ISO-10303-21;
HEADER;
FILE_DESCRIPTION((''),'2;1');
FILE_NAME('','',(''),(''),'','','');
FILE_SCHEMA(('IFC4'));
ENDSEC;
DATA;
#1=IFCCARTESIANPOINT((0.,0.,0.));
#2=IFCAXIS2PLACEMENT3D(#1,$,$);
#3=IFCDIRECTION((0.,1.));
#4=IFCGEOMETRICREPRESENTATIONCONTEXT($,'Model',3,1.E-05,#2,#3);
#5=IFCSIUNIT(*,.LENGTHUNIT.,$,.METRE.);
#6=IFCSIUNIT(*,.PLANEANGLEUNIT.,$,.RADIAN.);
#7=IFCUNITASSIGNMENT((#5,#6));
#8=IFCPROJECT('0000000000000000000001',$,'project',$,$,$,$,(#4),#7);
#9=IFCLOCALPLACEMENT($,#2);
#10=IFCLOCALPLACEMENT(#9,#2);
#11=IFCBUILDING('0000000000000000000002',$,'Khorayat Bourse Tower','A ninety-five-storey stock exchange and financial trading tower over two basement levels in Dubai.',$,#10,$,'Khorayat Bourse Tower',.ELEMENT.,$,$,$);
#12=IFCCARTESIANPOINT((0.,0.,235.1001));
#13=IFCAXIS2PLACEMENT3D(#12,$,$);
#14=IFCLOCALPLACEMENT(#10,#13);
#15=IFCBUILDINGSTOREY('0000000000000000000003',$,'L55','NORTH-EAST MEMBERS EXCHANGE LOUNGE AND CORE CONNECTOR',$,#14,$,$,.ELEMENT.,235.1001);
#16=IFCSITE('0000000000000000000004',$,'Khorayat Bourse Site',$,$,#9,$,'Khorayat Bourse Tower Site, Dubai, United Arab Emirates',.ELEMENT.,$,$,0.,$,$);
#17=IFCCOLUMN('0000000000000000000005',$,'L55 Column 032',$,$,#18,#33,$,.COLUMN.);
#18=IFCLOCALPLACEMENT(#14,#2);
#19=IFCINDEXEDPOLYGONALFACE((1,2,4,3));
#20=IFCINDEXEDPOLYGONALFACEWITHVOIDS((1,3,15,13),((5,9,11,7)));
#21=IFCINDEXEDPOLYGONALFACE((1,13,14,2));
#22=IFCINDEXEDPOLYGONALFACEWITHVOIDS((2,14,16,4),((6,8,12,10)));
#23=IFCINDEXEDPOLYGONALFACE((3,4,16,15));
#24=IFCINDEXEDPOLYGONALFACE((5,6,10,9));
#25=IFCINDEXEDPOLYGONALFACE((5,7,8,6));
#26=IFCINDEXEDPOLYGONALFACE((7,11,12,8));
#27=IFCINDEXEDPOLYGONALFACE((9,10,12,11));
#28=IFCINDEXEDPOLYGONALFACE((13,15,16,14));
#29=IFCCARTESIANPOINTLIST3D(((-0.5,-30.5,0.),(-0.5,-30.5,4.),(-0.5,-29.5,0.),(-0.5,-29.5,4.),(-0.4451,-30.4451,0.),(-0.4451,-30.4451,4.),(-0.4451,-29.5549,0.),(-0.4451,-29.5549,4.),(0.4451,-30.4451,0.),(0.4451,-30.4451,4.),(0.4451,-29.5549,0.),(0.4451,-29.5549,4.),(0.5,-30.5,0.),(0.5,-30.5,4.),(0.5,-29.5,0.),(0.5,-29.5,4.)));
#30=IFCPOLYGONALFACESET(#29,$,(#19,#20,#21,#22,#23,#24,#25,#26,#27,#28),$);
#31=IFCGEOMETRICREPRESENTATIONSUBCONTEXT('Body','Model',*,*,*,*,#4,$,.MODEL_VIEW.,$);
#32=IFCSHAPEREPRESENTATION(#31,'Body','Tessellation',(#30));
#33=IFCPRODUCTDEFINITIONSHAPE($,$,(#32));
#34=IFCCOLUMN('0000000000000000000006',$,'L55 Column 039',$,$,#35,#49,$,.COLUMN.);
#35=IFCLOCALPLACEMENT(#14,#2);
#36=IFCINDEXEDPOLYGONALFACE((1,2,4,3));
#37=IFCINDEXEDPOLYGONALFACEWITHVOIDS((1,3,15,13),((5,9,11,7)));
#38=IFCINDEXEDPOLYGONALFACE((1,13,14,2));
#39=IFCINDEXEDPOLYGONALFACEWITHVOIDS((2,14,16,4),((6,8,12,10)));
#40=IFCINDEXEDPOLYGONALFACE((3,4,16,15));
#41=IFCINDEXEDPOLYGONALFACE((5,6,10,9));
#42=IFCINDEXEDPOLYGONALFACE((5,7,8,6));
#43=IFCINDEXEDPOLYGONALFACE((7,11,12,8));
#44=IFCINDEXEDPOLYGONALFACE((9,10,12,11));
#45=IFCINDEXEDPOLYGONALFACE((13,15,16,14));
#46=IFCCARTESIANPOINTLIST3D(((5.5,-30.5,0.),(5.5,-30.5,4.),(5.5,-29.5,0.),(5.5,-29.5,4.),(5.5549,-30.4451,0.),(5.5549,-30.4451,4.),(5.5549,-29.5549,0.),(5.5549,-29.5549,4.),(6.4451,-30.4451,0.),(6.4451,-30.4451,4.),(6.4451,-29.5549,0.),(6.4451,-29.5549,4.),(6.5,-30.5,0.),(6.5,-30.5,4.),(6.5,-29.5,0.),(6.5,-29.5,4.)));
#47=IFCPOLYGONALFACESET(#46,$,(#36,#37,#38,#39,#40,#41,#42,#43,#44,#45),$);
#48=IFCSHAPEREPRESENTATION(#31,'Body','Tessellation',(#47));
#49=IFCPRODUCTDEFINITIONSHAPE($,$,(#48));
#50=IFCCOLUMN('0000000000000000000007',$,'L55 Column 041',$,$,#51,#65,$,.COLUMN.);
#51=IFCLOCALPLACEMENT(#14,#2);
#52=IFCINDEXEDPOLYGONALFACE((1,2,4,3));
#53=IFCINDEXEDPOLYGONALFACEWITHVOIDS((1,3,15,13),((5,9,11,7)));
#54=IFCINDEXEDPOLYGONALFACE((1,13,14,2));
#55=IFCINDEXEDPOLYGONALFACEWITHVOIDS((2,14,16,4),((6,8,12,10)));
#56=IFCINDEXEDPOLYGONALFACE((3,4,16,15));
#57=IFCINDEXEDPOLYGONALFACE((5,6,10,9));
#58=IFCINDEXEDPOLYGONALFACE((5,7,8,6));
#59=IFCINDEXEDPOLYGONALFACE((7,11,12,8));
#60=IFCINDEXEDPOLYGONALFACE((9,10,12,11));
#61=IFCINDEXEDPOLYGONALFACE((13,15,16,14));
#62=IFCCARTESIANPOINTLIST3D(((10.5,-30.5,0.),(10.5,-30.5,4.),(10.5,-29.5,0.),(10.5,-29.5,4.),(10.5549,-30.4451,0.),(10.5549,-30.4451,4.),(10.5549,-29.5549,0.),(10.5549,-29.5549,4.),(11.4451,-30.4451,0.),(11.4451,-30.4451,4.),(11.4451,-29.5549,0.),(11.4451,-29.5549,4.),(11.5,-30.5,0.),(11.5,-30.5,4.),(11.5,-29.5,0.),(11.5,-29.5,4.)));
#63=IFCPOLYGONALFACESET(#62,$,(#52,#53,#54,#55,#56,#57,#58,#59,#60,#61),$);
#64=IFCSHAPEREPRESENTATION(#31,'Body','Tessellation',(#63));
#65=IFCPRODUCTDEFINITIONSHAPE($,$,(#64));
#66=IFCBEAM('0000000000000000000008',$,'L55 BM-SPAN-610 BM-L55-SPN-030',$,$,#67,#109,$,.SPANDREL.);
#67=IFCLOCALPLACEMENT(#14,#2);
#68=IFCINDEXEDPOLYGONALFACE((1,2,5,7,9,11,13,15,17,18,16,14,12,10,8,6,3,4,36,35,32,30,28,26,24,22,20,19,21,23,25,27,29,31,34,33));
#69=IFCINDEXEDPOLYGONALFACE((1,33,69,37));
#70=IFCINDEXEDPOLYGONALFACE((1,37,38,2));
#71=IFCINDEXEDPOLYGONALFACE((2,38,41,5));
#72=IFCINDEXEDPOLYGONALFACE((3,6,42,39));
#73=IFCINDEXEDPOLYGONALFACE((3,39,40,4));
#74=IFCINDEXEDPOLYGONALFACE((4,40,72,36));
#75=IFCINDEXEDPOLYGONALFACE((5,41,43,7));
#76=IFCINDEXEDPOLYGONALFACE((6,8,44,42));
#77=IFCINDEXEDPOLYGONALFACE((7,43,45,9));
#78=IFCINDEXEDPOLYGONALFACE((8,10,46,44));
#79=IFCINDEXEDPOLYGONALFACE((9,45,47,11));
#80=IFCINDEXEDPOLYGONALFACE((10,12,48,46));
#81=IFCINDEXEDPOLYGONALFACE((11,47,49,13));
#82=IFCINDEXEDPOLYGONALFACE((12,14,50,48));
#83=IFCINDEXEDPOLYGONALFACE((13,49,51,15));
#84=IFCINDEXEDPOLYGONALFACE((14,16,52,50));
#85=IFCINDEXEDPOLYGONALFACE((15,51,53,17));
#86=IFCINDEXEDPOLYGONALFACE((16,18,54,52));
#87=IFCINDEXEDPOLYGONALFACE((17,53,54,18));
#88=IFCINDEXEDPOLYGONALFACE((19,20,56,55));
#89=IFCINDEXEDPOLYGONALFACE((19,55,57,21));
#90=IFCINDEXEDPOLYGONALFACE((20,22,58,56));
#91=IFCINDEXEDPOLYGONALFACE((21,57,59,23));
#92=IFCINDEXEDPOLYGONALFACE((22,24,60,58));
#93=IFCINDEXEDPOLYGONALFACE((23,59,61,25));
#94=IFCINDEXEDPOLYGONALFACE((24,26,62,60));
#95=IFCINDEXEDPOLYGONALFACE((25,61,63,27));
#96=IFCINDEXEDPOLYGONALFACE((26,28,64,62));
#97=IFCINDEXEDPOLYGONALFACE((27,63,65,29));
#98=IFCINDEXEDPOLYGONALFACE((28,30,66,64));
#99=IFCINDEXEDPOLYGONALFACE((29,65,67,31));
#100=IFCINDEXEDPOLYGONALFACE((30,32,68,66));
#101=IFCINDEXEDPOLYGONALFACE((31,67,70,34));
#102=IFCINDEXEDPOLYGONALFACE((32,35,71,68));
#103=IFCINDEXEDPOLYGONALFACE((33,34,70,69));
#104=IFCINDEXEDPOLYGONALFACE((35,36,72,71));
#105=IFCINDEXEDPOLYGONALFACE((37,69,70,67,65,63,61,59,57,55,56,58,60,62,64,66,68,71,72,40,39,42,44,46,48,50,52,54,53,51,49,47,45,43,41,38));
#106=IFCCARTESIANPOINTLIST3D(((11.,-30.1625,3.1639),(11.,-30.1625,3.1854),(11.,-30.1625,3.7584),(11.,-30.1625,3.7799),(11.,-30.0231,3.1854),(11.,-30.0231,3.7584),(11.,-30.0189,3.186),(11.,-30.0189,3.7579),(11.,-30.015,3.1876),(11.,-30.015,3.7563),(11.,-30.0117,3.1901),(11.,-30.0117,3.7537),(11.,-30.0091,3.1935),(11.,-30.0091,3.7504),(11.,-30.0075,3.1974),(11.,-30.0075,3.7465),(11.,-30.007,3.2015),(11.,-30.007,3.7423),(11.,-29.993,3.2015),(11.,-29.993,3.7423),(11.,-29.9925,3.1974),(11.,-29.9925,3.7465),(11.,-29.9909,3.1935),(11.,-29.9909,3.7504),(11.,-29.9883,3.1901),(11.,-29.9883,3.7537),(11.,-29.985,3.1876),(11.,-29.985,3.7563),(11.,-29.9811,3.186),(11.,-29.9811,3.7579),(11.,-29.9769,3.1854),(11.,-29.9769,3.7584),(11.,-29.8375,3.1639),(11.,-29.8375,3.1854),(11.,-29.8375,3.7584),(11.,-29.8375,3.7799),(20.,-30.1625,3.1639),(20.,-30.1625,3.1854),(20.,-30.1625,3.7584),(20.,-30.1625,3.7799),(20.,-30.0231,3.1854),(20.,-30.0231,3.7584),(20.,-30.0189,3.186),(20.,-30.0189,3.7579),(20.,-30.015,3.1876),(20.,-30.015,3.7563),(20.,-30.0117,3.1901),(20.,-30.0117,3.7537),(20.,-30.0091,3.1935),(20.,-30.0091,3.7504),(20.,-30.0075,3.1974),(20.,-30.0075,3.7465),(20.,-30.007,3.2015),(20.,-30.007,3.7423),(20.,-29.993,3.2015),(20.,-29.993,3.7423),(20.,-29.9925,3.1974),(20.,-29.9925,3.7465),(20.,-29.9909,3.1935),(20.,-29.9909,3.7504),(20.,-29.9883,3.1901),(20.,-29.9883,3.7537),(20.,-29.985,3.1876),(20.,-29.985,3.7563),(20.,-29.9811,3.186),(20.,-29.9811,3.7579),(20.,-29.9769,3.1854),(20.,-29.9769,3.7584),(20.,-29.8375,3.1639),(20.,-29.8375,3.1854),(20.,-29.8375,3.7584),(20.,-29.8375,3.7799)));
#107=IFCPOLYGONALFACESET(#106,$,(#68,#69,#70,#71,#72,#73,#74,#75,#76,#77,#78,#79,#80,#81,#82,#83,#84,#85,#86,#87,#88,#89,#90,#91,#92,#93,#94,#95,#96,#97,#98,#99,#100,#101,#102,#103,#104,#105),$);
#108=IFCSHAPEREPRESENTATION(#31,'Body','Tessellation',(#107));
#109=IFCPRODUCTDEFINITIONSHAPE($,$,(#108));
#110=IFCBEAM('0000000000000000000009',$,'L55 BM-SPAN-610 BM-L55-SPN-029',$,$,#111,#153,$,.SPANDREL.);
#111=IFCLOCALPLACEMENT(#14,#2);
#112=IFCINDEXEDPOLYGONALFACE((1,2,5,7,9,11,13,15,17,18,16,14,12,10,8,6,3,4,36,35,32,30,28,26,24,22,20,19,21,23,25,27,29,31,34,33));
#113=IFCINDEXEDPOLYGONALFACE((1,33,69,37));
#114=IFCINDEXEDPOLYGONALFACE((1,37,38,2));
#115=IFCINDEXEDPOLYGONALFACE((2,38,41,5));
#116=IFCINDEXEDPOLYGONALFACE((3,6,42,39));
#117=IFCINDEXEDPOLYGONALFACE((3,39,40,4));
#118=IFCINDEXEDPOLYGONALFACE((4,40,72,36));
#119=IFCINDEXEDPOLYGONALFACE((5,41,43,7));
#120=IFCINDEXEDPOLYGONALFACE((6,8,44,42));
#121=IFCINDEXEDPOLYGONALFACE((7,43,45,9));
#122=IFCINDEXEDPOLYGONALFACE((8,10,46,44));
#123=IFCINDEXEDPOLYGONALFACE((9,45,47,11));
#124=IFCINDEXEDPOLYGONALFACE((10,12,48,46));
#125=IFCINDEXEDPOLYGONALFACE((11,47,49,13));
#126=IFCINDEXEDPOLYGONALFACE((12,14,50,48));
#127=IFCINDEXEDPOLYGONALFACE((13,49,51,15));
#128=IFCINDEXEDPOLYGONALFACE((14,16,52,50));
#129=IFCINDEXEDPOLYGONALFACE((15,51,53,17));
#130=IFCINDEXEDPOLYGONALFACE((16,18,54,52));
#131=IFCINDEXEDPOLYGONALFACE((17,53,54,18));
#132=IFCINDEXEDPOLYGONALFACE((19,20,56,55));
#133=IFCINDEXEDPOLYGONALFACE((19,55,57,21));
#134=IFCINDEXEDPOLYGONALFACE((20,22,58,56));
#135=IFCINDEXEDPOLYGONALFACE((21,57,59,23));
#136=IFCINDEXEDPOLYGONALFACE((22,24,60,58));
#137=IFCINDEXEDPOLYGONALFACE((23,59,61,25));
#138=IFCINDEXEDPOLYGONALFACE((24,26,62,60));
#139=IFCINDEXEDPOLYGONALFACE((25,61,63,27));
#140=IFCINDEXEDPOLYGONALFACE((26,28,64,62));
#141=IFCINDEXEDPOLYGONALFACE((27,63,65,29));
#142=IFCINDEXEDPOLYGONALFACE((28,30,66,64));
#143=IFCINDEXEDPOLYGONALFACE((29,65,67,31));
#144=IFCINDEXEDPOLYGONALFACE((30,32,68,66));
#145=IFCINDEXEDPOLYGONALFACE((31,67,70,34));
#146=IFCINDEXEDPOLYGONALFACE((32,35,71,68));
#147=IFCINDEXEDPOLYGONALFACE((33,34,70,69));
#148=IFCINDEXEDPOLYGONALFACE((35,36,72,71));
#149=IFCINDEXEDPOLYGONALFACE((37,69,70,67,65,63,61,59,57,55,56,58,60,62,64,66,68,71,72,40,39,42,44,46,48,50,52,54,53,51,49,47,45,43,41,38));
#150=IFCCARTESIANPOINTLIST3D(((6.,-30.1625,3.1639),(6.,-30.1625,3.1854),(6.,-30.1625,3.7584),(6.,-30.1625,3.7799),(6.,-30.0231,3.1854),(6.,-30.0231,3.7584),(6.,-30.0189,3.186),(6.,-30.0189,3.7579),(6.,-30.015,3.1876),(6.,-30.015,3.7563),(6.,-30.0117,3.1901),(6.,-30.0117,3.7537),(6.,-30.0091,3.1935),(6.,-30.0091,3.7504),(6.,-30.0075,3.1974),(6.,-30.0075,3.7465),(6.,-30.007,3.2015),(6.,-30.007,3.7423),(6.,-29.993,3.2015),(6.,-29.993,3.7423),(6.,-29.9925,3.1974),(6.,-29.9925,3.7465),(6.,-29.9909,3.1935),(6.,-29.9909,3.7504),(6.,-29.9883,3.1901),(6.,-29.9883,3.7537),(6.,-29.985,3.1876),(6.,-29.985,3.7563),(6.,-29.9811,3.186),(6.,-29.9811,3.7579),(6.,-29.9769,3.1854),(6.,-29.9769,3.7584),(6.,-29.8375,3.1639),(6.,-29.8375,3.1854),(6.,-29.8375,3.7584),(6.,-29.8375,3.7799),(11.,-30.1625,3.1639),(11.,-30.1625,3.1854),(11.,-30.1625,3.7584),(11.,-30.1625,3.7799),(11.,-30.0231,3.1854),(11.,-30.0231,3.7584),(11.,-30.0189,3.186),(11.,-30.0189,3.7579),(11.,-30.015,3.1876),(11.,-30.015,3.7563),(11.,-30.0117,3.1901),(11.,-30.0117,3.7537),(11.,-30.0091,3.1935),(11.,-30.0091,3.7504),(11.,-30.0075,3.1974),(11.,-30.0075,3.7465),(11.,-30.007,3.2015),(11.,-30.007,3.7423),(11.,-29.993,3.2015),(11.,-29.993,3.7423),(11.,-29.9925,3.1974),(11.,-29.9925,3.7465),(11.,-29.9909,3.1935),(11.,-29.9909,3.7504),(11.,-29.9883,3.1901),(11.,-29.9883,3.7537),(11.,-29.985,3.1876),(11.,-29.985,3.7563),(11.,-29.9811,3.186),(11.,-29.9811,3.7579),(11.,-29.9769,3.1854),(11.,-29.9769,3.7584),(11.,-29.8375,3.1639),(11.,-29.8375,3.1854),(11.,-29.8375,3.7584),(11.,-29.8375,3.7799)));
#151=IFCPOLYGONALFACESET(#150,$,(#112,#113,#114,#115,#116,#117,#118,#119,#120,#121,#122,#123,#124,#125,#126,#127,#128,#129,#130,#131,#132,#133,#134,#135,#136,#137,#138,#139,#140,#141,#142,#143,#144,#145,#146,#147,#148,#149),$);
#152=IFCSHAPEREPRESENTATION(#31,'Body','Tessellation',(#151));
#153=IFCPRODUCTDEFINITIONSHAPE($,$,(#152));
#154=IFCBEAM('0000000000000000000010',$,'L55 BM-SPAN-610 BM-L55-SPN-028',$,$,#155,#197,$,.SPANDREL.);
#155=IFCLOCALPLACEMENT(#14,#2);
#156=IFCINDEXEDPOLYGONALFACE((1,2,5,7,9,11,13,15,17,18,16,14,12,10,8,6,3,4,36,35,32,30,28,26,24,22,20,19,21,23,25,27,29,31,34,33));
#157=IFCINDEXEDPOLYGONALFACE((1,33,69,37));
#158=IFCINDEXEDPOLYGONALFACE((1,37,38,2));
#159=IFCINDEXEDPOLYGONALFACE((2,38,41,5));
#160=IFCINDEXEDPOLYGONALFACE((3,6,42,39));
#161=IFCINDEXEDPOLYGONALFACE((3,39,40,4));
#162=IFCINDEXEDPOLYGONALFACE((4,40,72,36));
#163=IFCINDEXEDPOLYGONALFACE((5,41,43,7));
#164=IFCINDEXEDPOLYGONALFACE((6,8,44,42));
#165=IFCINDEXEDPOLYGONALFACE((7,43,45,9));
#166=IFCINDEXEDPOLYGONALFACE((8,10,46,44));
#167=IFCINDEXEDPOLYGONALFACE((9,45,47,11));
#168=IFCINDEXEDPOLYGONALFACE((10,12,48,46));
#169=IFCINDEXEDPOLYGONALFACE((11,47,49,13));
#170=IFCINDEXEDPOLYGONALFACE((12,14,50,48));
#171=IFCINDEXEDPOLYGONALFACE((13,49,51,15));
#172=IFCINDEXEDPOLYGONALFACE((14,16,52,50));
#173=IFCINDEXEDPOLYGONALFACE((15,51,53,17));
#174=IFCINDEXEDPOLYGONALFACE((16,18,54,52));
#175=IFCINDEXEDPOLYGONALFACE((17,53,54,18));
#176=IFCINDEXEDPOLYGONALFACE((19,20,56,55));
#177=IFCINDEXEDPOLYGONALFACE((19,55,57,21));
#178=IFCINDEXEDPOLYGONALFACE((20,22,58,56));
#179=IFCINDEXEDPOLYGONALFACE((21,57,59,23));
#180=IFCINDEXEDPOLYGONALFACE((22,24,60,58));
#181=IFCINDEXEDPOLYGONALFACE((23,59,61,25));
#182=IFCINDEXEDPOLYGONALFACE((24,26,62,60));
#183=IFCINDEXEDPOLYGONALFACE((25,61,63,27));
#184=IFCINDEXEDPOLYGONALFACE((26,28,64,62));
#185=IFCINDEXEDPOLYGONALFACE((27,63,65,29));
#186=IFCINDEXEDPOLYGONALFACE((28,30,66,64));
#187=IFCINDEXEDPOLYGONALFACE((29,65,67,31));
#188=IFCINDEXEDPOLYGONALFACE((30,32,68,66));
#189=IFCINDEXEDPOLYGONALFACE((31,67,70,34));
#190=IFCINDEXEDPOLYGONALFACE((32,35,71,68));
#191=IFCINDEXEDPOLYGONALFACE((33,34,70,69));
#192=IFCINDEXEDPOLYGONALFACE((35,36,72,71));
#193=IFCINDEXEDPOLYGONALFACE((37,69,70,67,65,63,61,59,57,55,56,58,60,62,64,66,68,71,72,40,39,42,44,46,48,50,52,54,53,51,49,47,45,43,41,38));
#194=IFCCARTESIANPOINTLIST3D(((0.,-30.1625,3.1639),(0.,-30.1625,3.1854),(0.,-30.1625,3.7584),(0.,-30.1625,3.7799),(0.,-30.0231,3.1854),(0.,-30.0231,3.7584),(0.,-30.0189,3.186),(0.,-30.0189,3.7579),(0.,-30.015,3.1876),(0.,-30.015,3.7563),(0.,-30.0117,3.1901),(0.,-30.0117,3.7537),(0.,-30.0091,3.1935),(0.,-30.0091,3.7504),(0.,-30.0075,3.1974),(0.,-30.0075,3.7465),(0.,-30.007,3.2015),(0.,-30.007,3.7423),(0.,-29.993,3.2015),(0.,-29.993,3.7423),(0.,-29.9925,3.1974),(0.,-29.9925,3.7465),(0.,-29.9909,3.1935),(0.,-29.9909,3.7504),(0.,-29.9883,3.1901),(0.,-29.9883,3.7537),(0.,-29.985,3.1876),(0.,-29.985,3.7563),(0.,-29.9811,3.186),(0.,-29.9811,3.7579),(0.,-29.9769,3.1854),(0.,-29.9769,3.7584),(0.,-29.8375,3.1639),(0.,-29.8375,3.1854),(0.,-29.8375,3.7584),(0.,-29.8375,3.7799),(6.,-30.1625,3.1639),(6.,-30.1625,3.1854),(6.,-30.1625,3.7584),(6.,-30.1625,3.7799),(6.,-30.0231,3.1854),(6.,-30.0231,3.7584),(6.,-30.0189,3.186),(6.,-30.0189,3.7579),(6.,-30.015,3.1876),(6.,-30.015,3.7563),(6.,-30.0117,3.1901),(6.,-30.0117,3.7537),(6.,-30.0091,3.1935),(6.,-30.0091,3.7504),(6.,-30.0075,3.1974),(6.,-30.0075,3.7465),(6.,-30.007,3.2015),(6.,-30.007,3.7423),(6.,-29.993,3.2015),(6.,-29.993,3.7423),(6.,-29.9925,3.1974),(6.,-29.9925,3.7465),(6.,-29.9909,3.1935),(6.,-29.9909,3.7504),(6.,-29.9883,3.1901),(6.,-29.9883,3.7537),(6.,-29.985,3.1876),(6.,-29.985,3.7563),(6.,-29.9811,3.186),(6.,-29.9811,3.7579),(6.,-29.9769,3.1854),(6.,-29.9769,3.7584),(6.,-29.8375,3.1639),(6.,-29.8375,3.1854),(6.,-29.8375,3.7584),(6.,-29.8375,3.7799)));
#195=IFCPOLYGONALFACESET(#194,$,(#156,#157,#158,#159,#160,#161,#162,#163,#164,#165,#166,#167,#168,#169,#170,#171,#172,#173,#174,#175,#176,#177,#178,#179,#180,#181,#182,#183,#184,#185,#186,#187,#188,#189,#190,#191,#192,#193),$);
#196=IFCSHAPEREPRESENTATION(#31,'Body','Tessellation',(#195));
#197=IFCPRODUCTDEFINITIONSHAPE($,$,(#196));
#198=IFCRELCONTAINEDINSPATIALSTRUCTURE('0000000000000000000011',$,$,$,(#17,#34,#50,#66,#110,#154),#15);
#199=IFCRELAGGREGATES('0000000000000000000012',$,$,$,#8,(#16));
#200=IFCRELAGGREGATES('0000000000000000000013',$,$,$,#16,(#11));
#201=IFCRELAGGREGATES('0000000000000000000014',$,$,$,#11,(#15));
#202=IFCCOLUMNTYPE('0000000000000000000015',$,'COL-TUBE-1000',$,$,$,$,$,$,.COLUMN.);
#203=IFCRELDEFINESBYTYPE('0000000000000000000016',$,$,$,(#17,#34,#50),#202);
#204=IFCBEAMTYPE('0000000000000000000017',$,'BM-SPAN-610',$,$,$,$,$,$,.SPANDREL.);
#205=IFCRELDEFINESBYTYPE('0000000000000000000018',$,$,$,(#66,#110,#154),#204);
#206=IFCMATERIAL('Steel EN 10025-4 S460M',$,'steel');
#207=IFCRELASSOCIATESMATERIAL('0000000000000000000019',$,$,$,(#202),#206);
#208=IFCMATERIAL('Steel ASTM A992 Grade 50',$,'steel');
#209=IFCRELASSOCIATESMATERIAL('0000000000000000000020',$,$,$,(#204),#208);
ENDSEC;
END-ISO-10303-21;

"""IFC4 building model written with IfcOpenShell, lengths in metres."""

from ifc_helpers import new_model, si_unit, direction, frame, origin, origin_2d, place, context, subcontext, project, spatial, hollow_rectangle, i_section, extrude, source, transform, mapped, material, material_profile, profile_set, type_object, element, save


model = new_model("IFC4")

# Units and contexts
model_context = context("Model", 3, precision=1e-05, world=origin(), true_north=direction((0.0, 1.0)))
body_context = subcontext(model_context, "Body", "Model", "MODEL_VIEW")
ifc_project = project(units=[si_unit("LENGTHUNIT", "METRE"), si_unit("PLANEANGLEUNIT", "RADIAN")], contexts=[model_context])

# Site, building, storey
site_placement = place(None, origin())
site = spatial("IfcSite", under=ifc_project, at=site_placement, Name="Khorayat Bourse Site", LongName="Khorayat Bourse Tower Site, Dubai, United Arab Emirates", CompositionType="ELEMENT", RefElevation=0.0)
building_placement = place(site_placement, origin())
building = spatial("IfcBuilding", under=site, at=building_placement, Name="Khorayat Bourse Tower", Description="A ninety-five-storey stock exchange and financial trading tower over two basement levels in Dubai.", LongName="Khorayat Bourse Tower", CompositionType="ELEMENT")
storey_placement = place(building_placement, frame((0.0, 0.0, 235.1001)))
storey = spatial("IfcBuildingStorey", under=building, at=storey_placement, Name="L55", Description="NORTH-EAST MEMBERS EXCHANGE LOUNGE AND CORE CONNECTOR", CompositionType="ELEMENT", Elevation=235.1001)

# Columns
ifc_material_1 = material(Name="Steel EN 10025-4 S460M", Category="steel")
ifc_material_profile_1 = material_profile(ifc_material_1, hollow_rectangle(XDim=1.0, YDim=1.0, WallThickness=0.0549, at=origin_2d()), Name="BOX 1000x1000x55")
ifc_profile_set_1 = profile_set([ifc_material_profile_1], Name="Steel EN 10025-4 S460M")
column_type = type_object("IfcColumnType", Name="COL-TUBE-1000", PredefinedType="COLUMN", material=ifc_profile_set_1)
shared_shape_1 = source(origin(), body_context, "Body", "SweptSolid", [
    extrude(hollow_rectangle(XDim=1.0, YDim=1.0, WallThickness=0.0549, at=origin_2d()), origin(), (0.0, 0.0, 1.0), 4.0),
])
for number, where, z_axis, x_axis, name in (
    (1, (0.0, -30.0, 0.0), (0.0, 0.0, 1.0), (1.0, 0.0, 0.0), "L55 Column 032"),
    (2, (6.0, -30.0, 0.0), (0.0, 0.0, 1.0), (1.0, 0.0, 0.0), "L55 Column 039"),
    (3, (11.0, -30.0, 0.0), (0.0, 0.0, 1.0), (1.0, 0.0, 0.0), "L55 Column 041"),
):
    element("IfcColumn", number, at=place(storey_placement, frame(where, z_axis=z_axis, x_axis=x_axis)), inside=storey, type_object=column_type, Name=name, PredefinedType="COLUMN", context=body_context, shape_type="MappedRepresentation", body=[
        mapped(shared_shape_1, transform((0.0, 0.0, 0.0), scale=1.0)),
    ])

# Beams
ifc_material_2 = material(Name="Steel ASTM A992 Grade 50", Category="steel")
ifc_material_profile_2 = material_profile(ifc_material_2, i_section(OverallWidth=0.325, OverallDepth=0.616, WebThickness=0.0139, FlangeThickness=0.0215, FilletRadius=0.0161, at=origin_2d()), Name="W610X174")
ifc_profile_set_2 = profile_set([ifc_material_profile_2], Name="Steel ASTM A992 Grade 50")
beam_type_1 = type_object("IfcBeamType", Name="BM-SPAN-610", PredefinedType="SPANDREL", material=ifc_profile_set_2)
shared_shape_2 = source(origin(), body_context, "Body", "SweptSolid", [
    extrude(i_section(OverallWidth=0.325, OverallDepth=0.616, WebThickness=0.0139, FlangeThickness=0.0215, FilletRadius=0.0161, at=origin_2d()), origin(), (0.0, 0.0, 1.0), 9.0),
])
beam_1_placement = place(storey_placement, frame((11.0, -30.0, 3.4719), z_axis=(1.0, 0.0, 0.0), x_axis=(0.0, 1.0, 0.0)))
element("IfcBeam", 4, at=beam_1_placement, inside=storey, type_object=beam_type_1, Name="L55 BM-SPAN-610 BM-L55-SPN-030", PredefinedType="SPANDREL", context=body_context, shape_type="MappedRepresentation", body=[
    mapped(shared_shape_2, transform((0.0, 0.0, 0.0), scale=1.0)),
])
shared_shape_3 = source(origin(), body_context, "Body", "SweptSolid", [
    extrude(i_section(OverallWidth=0.325, OverallDepth=0.616, WebThickness=0.0139, FlangeThickness=0.0215, FilletRadius=0.0161, at=origin_2d()), origin(), (0.0, 0.0, 1.0), 5.0),
])
beam_2_placement = place(storey_placement, frame((6.0, -30.0, 3.4719), z_axis=(1.0, 0.0, 0.0), x_axis=(0.0, 1.0, 0.0)))
element("IfcBeam", 5, at=beam_2_placement, inside=storey, type_object=beam_type_1, Name="L55 BM-SPAN-610 BM-L55-SPN-029", PredefinedType="SPANDREL", context=body_context, shape_type="MappedRepresentation", body=[
    mapped(shared_shape_3, transform((0.0, 0.0, 0.0), scale=1.0)),
])
shared_shape_4 = source(origin(), body_context, "Body", "SweptSolid", [
    extrude(i_section(OverallWidth=0.325, OverallDepth=0.616, WebThickness=0.0139, FlangeThickness=0.0215, FilletRadius=0.0161, at=origin_2d()), origin(), (0.0, 0.0, 1.0), 6.0),
])
beam_3_placement = place(storey_placement, frame((0.0, -30.0, 3.4719), z_axis=(1.0, 0.0, 0.0), x_axis=(0.0, 1.0, 0.0)))
element("IfcBeam", 6, at=beam_3_placement, inside=storey, type_object=beam_type_1, Name="L55 BM-SPAN-610 BM-L55-SPN-028", PredefinedType="SPANDREL", context=body_context, shape_type="MappedRepresentation", body=[
    mapped(shared_shape_4, transform((0.0, 0.0, 0.0), scale=1.0)),
])

save(model, "model.ifc")
